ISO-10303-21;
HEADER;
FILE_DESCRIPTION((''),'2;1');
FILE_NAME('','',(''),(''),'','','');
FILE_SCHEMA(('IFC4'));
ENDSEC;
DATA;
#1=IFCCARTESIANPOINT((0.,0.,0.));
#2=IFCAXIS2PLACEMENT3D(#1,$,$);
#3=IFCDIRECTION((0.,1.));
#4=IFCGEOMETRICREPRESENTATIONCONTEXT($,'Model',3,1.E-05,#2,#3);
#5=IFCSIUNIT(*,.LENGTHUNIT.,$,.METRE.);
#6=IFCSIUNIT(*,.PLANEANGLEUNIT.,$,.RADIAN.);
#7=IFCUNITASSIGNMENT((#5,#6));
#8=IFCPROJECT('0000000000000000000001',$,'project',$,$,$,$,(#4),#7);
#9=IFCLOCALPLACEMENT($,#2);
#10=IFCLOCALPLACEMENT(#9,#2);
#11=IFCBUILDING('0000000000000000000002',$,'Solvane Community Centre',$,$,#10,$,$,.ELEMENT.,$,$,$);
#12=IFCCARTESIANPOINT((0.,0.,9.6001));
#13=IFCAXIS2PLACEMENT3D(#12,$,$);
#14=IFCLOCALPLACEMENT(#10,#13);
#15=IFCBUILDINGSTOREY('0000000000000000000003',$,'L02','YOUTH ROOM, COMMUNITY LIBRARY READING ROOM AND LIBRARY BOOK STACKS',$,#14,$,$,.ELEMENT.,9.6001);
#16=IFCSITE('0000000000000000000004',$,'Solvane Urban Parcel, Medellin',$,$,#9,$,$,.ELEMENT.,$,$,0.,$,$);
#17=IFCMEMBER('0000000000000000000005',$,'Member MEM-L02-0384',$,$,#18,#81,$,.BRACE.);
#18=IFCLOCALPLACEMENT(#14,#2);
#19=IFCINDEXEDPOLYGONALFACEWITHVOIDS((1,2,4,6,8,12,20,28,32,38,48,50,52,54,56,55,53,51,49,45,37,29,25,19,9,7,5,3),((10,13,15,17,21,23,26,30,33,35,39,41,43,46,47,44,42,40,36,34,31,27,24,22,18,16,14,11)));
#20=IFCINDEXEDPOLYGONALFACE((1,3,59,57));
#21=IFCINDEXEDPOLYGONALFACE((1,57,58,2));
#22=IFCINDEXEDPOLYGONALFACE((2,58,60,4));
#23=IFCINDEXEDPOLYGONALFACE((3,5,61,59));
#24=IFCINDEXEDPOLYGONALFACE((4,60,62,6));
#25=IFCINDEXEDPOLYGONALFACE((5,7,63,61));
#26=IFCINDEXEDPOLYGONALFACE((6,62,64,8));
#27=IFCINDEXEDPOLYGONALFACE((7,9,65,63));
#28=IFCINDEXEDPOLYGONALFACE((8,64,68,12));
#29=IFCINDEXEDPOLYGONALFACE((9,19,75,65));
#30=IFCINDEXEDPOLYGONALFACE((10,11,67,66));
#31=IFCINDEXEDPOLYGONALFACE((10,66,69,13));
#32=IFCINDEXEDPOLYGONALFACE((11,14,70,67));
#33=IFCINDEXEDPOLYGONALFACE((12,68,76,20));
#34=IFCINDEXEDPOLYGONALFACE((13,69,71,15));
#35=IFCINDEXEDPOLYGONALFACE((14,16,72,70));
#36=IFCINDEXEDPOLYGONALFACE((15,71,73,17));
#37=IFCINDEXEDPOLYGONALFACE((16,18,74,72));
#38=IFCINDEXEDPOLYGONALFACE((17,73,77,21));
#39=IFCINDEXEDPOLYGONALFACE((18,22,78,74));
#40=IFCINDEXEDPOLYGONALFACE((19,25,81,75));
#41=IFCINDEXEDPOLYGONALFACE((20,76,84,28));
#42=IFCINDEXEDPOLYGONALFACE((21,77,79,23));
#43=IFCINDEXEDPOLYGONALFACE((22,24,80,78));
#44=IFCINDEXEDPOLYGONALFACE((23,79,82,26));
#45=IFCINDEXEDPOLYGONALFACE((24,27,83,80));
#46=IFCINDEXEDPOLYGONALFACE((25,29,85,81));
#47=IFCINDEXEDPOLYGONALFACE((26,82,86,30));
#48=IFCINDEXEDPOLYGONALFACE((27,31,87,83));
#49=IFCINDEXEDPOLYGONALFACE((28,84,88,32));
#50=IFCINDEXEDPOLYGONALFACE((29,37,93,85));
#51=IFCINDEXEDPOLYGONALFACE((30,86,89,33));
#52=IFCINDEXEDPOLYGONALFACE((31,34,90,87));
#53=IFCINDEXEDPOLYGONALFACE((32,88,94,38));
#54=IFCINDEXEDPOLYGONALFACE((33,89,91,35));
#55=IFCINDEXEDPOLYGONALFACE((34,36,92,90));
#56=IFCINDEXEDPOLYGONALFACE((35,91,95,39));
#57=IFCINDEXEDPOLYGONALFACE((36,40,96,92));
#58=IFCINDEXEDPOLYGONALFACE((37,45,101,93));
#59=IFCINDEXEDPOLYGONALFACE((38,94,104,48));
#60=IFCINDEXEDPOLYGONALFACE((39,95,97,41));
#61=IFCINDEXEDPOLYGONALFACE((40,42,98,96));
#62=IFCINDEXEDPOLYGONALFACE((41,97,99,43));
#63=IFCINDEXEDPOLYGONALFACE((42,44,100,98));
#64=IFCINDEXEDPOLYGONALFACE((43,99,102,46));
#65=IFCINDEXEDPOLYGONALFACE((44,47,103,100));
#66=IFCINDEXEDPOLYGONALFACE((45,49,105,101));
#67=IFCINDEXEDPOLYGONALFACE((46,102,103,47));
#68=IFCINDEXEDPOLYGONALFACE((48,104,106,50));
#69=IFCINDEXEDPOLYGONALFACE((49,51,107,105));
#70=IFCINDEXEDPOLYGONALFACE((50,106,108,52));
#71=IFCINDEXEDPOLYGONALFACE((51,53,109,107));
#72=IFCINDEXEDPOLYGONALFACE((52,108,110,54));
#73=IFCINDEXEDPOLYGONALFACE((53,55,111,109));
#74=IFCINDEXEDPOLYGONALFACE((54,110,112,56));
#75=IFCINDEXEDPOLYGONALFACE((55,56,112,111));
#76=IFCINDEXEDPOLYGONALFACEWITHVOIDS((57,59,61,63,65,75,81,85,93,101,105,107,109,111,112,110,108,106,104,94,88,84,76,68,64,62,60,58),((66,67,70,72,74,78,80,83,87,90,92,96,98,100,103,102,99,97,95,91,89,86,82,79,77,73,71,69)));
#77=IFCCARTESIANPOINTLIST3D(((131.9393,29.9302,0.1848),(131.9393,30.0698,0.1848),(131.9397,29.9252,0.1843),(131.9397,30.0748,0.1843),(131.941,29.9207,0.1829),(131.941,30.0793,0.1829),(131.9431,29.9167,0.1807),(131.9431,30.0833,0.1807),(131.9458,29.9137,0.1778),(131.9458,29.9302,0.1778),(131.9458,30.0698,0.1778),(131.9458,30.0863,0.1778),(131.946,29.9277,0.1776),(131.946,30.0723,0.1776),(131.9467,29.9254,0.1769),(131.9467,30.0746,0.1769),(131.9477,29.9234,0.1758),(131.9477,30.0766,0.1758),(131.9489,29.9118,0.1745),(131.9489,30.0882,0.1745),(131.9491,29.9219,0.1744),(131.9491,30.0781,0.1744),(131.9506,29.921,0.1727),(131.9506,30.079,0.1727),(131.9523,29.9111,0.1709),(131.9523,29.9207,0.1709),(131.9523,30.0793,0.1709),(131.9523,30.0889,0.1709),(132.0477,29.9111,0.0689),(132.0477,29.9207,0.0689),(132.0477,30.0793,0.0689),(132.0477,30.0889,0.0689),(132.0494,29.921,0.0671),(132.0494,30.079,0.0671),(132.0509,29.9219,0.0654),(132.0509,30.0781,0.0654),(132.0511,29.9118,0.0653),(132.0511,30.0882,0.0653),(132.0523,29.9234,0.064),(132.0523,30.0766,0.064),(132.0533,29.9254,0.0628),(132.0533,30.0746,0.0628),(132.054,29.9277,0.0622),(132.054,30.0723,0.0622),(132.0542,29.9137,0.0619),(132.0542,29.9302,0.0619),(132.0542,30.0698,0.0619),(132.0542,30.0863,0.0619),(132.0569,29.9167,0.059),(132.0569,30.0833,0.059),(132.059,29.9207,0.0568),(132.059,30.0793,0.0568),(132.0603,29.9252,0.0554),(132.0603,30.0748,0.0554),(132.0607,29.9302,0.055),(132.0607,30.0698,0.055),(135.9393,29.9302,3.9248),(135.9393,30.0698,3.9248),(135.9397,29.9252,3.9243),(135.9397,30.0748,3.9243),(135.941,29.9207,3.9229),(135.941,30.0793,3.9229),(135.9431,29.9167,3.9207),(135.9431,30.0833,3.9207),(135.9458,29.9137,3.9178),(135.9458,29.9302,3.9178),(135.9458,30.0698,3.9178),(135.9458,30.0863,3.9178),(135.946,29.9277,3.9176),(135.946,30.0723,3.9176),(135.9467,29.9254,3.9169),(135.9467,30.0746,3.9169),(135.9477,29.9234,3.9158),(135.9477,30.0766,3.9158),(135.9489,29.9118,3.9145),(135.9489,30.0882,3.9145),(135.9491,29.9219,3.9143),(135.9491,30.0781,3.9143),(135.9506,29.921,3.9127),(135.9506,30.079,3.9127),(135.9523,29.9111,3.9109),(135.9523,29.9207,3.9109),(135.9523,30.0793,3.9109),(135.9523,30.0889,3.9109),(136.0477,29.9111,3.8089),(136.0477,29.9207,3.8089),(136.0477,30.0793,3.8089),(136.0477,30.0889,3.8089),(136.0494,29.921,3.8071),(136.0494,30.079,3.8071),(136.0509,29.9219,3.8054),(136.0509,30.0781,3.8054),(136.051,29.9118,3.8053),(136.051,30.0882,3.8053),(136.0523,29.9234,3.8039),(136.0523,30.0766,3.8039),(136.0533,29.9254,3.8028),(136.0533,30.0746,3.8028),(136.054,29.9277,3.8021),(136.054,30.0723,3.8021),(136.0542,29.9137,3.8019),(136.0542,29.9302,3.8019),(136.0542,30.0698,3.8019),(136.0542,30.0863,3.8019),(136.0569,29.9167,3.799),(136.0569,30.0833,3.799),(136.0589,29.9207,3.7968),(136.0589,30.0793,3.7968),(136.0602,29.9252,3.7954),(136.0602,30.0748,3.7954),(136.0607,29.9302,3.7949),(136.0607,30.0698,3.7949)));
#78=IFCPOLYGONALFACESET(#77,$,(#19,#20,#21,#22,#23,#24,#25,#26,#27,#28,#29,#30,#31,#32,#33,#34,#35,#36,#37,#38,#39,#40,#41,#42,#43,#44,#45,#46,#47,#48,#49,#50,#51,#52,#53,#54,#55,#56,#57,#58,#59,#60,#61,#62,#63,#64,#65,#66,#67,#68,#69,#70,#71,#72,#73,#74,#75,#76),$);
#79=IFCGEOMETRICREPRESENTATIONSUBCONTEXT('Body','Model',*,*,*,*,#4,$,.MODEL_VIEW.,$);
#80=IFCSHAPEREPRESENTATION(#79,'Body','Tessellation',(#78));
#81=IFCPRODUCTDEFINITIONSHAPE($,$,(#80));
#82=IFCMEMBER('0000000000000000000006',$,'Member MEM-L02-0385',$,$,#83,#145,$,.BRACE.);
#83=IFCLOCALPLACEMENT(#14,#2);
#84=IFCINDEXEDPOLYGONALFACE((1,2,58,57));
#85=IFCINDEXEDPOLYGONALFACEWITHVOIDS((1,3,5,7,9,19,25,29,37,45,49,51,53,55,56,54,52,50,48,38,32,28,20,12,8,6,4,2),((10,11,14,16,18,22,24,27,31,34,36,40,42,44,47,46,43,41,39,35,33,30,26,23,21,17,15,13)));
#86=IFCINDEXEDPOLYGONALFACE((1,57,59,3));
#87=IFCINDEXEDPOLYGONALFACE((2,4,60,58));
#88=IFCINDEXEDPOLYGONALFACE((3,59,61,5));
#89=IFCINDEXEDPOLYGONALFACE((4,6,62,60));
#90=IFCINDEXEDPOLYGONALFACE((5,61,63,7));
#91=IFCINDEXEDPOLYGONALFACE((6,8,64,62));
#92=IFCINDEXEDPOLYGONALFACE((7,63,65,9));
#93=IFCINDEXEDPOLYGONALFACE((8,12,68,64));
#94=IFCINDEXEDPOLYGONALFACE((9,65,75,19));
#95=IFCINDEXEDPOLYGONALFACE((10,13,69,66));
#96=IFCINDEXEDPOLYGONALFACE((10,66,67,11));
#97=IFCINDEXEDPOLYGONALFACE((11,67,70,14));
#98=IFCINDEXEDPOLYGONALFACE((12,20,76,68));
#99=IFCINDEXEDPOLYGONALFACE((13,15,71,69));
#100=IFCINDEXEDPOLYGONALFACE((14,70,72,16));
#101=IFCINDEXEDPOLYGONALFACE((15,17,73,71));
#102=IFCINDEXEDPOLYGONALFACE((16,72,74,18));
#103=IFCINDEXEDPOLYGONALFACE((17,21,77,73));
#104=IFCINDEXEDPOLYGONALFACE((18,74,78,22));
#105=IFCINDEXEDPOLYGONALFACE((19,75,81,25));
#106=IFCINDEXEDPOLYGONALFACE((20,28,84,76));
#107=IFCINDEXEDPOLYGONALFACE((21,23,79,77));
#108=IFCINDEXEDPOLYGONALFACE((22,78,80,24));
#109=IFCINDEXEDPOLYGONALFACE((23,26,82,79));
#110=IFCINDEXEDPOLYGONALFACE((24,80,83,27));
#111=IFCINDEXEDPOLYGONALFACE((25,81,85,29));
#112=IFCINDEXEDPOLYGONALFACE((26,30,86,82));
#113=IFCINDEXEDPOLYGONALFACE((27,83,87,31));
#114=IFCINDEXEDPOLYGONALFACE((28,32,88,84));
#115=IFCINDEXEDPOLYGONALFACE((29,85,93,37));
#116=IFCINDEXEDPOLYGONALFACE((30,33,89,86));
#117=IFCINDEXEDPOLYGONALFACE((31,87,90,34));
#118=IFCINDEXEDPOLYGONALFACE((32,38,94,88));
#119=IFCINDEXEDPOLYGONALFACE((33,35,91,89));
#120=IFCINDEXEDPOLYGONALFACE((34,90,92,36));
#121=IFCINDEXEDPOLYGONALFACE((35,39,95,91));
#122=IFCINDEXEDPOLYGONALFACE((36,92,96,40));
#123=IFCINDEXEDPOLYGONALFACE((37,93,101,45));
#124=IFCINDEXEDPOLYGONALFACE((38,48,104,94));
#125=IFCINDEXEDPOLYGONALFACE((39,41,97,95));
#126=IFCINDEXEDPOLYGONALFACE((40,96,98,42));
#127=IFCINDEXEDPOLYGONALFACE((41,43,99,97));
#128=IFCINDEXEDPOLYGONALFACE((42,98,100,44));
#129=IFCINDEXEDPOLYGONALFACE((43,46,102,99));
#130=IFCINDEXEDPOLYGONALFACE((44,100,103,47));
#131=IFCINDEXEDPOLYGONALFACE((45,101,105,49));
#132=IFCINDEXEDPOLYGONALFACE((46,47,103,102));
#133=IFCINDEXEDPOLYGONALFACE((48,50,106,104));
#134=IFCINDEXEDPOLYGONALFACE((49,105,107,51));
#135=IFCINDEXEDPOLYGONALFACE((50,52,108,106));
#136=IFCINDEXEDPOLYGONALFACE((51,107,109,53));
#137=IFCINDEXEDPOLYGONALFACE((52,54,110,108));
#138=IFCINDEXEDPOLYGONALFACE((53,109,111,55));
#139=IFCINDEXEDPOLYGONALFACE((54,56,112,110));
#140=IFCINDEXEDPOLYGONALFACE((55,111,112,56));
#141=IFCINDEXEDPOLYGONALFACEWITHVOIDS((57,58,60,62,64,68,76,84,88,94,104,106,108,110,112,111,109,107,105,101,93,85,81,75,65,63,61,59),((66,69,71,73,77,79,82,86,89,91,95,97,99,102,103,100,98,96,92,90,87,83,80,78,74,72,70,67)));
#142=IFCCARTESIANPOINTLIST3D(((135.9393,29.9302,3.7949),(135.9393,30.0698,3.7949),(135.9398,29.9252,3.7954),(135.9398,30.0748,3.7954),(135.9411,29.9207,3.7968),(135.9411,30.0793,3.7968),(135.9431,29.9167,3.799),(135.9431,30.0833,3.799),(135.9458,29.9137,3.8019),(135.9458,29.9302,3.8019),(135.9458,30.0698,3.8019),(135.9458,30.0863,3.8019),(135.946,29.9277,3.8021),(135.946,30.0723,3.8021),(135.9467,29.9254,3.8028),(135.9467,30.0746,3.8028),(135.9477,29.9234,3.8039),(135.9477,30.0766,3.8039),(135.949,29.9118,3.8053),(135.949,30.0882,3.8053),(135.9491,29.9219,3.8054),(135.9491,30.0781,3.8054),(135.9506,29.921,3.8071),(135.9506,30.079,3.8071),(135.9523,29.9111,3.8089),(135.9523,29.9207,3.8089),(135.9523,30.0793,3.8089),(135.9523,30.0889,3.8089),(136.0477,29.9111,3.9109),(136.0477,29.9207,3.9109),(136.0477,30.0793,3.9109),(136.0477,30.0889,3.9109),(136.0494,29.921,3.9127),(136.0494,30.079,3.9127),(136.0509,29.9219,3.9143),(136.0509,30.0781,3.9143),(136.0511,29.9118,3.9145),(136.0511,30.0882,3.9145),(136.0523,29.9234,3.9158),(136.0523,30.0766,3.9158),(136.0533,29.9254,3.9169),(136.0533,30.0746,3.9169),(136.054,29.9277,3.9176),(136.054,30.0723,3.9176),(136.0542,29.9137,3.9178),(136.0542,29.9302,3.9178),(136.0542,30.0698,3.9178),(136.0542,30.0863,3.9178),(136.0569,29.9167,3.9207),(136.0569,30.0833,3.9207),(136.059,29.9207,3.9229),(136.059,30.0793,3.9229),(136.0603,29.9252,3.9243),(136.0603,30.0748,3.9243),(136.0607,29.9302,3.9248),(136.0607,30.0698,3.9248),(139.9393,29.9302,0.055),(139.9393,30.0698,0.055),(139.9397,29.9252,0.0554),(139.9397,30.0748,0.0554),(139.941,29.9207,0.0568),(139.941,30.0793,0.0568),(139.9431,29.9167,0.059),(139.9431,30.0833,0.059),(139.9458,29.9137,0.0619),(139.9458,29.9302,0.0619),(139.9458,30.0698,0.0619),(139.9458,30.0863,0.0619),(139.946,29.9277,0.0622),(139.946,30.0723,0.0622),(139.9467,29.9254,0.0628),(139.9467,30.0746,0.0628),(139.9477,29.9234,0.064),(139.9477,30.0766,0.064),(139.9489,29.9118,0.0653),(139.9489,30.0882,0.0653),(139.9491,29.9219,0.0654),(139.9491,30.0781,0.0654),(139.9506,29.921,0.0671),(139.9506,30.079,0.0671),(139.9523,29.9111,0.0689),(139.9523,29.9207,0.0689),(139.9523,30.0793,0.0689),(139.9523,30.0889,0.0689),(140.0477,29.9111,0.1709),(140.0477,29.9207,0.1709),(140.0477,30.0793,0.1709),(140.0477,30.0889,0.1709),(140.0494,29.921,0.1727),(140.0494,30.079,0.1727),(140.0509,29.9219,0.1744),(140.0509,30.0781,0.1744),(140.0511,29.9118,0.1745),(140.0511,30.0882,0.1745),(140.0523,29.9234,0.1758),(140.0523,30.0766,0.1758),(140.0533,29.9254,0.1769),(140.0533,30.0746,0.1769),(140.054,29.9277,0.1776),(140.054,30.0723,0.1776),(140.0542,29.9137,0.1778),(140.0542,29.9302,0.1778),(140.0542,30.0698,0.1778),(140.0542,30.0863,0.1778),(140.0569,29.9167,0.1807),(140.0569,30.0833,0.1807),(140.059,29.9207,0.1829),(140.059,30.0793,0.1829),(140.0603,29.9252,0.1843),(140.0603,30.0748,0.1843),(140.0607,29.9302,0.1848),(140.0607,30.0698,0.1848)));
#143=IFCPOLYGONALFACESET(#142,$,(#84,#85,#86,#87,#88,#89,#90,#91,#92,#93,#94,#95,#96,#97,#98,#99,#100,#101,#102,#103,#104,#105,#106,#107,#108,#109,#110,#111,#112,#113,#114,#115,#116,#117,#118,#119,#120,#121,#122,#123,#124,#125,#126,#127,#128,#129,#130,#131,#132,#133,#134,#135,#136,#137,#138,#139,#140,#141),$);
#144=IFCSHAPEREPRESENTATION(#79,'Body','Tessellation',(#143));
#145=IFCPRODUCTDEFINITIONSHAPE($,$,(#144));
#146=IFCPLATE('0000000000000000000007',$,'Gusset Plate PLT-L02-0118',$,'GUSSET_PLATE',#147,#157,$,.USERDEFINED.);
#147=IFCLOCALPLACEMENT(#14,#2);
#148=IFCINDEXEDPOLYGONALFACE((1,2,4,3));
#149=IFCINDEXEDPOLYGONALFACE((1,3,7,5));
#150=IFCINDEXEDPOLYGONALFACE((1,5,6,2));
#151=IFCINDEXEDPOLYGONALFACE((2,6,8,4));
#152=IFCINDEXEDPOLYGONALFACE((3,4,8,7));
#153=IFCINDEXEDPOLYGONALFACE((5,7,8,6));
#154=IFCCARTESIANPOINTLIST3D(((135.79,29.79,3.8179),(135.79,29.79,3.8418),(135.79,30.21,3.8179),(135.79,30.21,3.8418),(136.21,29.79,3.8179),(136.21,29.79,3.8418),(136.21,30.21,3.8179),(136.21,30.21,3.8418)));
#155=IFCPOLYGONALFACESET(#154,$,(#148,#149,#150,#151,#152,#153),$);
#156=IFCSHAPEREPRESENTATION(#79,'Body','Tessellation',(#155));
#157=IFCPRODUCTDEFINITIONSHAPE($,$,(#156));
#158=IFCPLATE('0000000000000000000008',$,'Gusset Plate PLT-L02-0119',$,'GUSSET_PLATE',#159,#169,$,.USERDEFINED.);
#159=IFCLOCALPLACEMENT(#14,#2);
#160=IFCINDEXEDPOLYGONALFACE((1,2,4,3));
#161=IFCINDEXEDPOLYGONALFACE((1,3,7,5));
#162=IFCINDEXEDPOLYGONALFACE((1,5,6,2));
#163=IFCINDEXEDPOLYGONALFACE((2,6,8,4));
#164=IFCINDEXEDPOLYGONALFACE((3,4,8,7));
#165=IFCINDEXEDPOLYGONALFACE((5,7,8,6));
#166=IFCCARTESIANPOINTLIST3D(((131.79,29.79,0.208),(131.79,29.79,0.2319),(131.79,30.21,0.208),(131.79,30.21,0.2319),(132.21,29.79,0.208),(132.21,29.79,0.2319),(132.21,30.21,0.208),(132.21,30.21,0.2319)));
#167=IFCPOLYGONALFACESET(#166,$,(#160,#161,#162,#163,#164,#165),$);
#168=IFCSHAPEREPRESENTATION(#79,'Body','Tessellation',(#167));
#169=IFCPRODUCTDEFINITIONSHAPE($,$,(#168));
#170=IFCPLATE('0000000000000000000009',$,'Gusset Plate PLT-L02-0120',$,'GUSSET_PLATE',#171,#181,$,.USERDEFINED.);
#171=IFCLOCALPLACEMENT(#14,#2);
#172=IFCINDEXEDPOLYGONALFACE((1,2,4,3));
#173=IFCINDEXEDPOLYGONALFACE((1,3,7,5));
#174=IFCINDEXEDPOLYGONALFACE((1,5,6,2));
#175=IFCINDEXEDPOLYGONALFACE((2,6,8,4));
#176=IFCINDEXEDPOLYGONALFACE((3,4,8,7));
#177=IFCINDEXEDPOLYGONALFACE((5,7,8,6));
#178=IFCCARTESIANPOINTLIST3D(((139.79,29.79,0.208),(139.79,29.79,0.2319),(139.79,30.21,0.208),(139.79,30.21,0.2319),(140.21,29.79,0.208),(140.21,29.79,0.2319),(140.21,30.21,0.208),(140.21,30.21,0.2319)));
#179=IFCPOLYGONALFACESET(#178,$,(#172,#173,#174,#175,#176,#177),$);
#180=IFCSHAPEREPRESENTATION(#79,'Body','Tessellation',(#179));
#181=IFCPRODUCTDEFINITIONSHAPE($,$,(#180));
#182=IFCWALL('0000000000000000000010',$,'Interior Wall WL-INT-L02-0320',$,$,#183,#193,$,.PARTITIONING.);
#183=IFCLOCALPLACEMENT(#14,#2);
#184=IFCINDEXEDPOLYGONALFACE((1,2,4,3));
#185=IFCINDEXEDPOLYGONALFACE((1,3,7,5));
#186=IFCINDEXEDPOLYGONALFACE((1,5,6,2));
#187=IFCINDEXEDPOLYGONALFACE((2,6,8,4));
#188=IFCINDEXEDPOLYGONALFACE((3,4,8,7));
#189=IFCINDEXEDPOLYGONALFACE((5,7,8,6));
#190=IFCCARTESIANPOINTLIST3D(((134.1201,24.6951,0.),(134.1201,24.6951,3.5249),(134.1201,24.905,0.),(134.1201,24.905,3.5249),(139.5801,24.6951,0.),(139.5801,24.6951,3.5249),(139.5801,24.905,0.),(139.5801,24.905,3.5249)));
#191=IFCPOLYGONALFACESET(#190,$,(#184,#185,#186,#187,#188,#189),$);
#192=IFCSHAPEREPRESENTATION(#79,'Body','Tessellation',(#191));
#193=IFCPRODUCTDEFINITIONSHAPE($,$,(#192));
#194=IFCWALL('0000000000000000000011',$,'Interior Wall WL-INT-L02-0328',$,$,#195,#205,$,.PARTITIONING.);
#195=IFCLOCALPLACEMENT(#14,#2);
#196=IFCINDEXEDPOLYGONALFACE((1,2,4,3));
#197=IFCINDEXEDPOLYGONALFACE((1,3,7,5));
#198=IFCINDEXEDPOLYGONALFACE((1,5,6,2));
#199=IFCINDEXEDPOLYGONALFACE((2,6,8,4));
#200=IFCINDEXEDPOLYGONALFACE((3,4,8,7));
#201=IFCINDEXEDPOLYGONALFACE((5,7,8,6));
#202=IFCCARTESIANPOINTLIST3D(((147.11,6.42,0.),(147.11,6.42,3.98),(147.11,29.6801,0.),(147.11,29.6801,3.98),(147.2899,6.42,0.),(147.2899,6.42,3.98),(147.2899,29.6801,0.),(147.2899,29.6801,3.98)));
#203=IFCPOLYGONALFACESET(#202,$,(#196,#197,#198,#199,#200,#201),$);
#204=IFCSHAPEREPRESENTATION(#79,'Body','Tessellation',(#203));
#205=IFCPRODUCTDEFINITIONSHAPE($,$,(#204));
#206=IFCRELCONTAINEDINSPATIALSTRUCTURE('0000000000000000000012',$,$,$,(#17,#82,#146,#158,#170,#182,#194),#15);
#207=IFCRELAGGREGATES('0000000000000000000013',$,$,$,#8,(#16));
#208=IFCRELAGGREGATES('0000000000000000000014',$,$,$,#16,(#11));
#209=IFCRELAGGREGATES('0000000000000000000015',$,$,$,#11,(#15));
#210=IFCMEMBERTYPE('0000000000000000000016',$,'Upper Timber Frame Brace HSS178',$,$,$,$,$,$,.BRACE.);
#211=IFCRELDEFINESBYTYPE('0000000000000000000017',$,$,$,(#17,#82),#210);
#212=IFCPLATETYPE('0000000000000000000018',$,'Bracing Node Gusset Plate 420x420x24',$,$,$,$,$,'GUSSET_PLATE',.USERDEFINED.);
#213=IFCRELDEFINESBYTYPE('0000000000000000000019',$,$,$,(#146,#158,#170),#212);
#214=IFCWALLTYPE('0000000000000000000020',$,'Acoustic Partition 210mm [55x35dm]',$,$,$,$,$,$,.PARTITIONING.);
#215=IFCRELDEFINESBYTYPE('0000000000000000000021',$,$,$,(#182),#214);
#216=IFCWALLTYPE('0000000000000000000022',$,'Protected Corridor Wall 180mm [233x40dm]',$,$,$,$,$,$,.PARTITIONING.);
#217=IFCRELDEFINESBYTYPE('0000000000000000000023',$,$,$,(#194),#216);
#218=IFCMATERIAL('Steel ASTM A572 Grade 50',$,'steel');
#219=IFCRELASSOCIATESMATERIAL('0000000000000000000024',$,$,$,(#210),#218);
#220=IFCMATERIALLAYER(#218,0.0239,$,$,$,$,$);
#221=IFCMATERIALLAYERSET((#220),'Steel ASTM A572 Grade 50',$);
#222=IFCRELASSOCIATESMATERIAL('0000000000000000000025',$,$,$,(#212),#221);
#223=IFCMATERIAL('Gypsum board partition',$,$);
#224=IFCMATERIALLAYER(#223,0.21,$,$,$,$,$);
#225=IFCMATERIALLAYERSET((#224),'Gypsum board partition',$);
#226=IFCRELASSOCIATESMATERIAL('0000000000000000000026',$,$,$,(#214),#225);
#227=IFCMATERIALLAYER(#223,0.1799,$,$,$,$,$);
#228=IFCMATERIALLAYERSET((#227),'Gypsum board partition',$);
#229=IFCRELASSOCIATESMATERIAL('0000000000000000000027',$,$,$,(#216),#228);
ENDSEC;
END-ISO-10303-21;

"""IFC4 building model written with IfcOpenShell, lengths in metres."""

from ifc_helpers import new_model, si_unit, direction, frame, frame_2d, origin, origin_2d, place, context, subcontext, project, spatial, rectangle, hollow_rectangle, extrude, material, layer, layer_set, material_profile, profile_set, type_object, element, save


model = new_model("IFC4")

# Units and contexts
model_context = context("Model", 3, precision=1e-05, world=origin(), true_north=direction((0.0, 1.0)))
body_context = subcontext(model_context, "Body", "Model", "MODEL_VIEW")
ifc_project = project(units=[si_unit("LENGTHUNIT", "METRE"), si_unit("PLANEANGLEUNIT", "RADIAN")], contexts=[model_context])

# Site, building, storey
site_placement = place(None, origin())
site = spatial("IfcSite", under=ifc_project, at=site_placement, Name="Solvane Urban Parcel, Medellin", CompositionType="ELEMENT", RefElevation=0.0)
building_placement = place(site_placement, origin())
building = spatial("IfcBuilding", under=site, at=building_placement, Name="Solvane Community Centre", CompositionType="ELEMENT")
storey_placement = place(building_placement, frame((0.0, 0.0, 9.6001)))
storey = spatial("IfcBuildingStorey", under=building, at=storey_placement, Name="L02", Description="YOUTH ROOM, COMMUNITY LIBRARY READING ROOM AND LIBRARY BOOK STACKS", CompositionType="ELEMENT", Elevation=9.6001)

# Members
ifc_material_1 = material(Name="Steel ASTM A572 Grade 50", Category="steel")
ifc_material_profile_1 = material_profile(ifc_material_1, hollow_rectangle(XDim=0.1777, YDim=0.1777, WallThickness=0.0095, InnerFilletRadius=0.0095, OuterFilletRadius=0.019, at=origin_2d()), Name="HSS 178x178x9.5")
ifc_profile_set_1 = profile_set([ifc_material_profile_1], Name="Steel ASTM A572 Grade 50")
member_type = type_object("IfcMemberType", Name="Upper Timber Frame Brace HSS178", PredefinedType="BRACE", material=ifc_profile_set_1)
for number, where, z_axis, x_axis, name in (
    (1, (132.0, 30.0, 0.1199), (0.730449, 0.0, 0.682968), (0.0, 1.0, 0.0), "Member MEM-L02-0384"),
    (2, (140.0, 30.0, 0.1199), (-0.730449, 0.0, 0.682968), (0.0, -1.0, 0.0), "Member MEM-L02-0385"),
):
    element("IfcMember", number, at=place(storey_placement, frame(where, z_axis=z_axis, x_axis=x_axis)), inside=storey, type_object=member_type, Name=name, PredefinedType="BRACE", context=body_context, shape_type="SweptSolid", body=[
        extrude(hollow_rectangle(XDim=0.1777, YDim=0.1777, WallThickness=0.0095, InnerFilletRadius=0.0095, OuterFilletRadius=0.019, at=origin_2d()), origin(), (0.0, 0.0, 1.0), 5.4761),
    ])

# Plates
ifc_layer_1 = layer(ifc_material_1, 0.0239)
ifc_layer_set_1 = layer_set([ifc_layer_1], Name="Steel ASTM A572 Grade 50")
plate_type = type_object("IfcPlateType", Name="Bracing Node Gusset Plate 420x420x24", ElementType="GUSSET_PLATE", PredefinedType="USERDEFINED", material=ifc_layer_set_1)
for number, where, z_axis, x_axis, name in (
    (3, (136.0, 30.0, 3.8179), (0.0, 0.0, 1.0), (1.0, 0.0, 0.0), "Gusset Plate PLT-L02-0118"),
    (4, (132.0, 30.0, 0.208), (0.0, 0.0, 1.0), (1.0, 0.0, 0.0), "Gusset Plate PLT-L02-0119"),
    (5, (140.0, 30.0, 0.208), (0.0, 0.0, 1.0), (1.0, 0.0, 0.0), "Gusset Plate PLT-L02-0120"),
):
    element("IfcPlate", number, at=place(storey_placement, frame(where, z_axis=z_axis, x_axis=x_axis)), inside=storey, type_object=plate_type, Name=name, ObjectType="GUSSET_PLATE", PredefinedType="USERDEFINED", context=body_context, shape_type="SweptSolid", body=[
        extrude(rectangle(XDim=0.4199, YDim=0.4199, at=origin_2d()), origin(), (0.0, 0.0, 1.0), 0.0239),
    ])

# Walls
ifc_material_2 = material(Name="Gypsum board partition")
ifc_layer_2 = layer(ifc_material_2, 0.21)
ifc_layer_set_2 = layer_set([ifc_layer_2], Name="Gypsum board partition")
wall_type_1 = type_object("IfcWallType", Name="Acoustic Partition 210mm [55x35dm]", PredefinedType="PARTITIONING", material=ifc_layer_set_2)
wall_1_placement = place(storey_placement, frame((139.5801, 24.8, 0.0), z_axis=(0.0, 0.0, 1.0), x_axis=(-1.0, 0.0, 0.0)))
element("IfcWall", 6, at=wall_1_placement, inside=storey, type_object=wall_type_1, Name="Interior Wall WL-INT-L02-0320", PredefinedType="PARTITIONING", context=body_context, shape_type="SweptSolid", body=[
    extrude(rectangle(XDim=5.46, YDim=0.21, at=frame_2d((2.73, 0.0))), origin(), (0.0, 0.0, 1.0), 3.5249),
])
ifc_layer_3 = layer(ifc_material_2, 0.1799)
ifc_layer_set_3 = layer_set([ifc_layer_3], Name="Gypsum board partition")
wall_type_2 = type_object("IfcWallType", Name="Protected Corridor Wall 180mm [233x40dm]", PredefinedType="PARTITIONING", material=ifc_layer_set_3)
wall_2_placement = place(storey_placement, frame((147.2, 29.6799, 0.0), z_axis=(0.0, 0.0, 1.0), x_axis=(0.0, -1.0, 0.0)))
element("IfcWall", 7, at=wall_2_placement, inside=storey, type_object=wall_type_2, Name="Interior Wall WL-INT-L02-0328", PredefinedType="PARTITIONING", context=body_context, shape_type="SweptSolid", body=[
    extrude(rectangle(XDim=23.26, YDim=0.1799, at=frame_2d((11.6299, 0.0))), origin(), (0.0, 0.0, 1.0), 3.98),
])

save(model, "model.ifc")
